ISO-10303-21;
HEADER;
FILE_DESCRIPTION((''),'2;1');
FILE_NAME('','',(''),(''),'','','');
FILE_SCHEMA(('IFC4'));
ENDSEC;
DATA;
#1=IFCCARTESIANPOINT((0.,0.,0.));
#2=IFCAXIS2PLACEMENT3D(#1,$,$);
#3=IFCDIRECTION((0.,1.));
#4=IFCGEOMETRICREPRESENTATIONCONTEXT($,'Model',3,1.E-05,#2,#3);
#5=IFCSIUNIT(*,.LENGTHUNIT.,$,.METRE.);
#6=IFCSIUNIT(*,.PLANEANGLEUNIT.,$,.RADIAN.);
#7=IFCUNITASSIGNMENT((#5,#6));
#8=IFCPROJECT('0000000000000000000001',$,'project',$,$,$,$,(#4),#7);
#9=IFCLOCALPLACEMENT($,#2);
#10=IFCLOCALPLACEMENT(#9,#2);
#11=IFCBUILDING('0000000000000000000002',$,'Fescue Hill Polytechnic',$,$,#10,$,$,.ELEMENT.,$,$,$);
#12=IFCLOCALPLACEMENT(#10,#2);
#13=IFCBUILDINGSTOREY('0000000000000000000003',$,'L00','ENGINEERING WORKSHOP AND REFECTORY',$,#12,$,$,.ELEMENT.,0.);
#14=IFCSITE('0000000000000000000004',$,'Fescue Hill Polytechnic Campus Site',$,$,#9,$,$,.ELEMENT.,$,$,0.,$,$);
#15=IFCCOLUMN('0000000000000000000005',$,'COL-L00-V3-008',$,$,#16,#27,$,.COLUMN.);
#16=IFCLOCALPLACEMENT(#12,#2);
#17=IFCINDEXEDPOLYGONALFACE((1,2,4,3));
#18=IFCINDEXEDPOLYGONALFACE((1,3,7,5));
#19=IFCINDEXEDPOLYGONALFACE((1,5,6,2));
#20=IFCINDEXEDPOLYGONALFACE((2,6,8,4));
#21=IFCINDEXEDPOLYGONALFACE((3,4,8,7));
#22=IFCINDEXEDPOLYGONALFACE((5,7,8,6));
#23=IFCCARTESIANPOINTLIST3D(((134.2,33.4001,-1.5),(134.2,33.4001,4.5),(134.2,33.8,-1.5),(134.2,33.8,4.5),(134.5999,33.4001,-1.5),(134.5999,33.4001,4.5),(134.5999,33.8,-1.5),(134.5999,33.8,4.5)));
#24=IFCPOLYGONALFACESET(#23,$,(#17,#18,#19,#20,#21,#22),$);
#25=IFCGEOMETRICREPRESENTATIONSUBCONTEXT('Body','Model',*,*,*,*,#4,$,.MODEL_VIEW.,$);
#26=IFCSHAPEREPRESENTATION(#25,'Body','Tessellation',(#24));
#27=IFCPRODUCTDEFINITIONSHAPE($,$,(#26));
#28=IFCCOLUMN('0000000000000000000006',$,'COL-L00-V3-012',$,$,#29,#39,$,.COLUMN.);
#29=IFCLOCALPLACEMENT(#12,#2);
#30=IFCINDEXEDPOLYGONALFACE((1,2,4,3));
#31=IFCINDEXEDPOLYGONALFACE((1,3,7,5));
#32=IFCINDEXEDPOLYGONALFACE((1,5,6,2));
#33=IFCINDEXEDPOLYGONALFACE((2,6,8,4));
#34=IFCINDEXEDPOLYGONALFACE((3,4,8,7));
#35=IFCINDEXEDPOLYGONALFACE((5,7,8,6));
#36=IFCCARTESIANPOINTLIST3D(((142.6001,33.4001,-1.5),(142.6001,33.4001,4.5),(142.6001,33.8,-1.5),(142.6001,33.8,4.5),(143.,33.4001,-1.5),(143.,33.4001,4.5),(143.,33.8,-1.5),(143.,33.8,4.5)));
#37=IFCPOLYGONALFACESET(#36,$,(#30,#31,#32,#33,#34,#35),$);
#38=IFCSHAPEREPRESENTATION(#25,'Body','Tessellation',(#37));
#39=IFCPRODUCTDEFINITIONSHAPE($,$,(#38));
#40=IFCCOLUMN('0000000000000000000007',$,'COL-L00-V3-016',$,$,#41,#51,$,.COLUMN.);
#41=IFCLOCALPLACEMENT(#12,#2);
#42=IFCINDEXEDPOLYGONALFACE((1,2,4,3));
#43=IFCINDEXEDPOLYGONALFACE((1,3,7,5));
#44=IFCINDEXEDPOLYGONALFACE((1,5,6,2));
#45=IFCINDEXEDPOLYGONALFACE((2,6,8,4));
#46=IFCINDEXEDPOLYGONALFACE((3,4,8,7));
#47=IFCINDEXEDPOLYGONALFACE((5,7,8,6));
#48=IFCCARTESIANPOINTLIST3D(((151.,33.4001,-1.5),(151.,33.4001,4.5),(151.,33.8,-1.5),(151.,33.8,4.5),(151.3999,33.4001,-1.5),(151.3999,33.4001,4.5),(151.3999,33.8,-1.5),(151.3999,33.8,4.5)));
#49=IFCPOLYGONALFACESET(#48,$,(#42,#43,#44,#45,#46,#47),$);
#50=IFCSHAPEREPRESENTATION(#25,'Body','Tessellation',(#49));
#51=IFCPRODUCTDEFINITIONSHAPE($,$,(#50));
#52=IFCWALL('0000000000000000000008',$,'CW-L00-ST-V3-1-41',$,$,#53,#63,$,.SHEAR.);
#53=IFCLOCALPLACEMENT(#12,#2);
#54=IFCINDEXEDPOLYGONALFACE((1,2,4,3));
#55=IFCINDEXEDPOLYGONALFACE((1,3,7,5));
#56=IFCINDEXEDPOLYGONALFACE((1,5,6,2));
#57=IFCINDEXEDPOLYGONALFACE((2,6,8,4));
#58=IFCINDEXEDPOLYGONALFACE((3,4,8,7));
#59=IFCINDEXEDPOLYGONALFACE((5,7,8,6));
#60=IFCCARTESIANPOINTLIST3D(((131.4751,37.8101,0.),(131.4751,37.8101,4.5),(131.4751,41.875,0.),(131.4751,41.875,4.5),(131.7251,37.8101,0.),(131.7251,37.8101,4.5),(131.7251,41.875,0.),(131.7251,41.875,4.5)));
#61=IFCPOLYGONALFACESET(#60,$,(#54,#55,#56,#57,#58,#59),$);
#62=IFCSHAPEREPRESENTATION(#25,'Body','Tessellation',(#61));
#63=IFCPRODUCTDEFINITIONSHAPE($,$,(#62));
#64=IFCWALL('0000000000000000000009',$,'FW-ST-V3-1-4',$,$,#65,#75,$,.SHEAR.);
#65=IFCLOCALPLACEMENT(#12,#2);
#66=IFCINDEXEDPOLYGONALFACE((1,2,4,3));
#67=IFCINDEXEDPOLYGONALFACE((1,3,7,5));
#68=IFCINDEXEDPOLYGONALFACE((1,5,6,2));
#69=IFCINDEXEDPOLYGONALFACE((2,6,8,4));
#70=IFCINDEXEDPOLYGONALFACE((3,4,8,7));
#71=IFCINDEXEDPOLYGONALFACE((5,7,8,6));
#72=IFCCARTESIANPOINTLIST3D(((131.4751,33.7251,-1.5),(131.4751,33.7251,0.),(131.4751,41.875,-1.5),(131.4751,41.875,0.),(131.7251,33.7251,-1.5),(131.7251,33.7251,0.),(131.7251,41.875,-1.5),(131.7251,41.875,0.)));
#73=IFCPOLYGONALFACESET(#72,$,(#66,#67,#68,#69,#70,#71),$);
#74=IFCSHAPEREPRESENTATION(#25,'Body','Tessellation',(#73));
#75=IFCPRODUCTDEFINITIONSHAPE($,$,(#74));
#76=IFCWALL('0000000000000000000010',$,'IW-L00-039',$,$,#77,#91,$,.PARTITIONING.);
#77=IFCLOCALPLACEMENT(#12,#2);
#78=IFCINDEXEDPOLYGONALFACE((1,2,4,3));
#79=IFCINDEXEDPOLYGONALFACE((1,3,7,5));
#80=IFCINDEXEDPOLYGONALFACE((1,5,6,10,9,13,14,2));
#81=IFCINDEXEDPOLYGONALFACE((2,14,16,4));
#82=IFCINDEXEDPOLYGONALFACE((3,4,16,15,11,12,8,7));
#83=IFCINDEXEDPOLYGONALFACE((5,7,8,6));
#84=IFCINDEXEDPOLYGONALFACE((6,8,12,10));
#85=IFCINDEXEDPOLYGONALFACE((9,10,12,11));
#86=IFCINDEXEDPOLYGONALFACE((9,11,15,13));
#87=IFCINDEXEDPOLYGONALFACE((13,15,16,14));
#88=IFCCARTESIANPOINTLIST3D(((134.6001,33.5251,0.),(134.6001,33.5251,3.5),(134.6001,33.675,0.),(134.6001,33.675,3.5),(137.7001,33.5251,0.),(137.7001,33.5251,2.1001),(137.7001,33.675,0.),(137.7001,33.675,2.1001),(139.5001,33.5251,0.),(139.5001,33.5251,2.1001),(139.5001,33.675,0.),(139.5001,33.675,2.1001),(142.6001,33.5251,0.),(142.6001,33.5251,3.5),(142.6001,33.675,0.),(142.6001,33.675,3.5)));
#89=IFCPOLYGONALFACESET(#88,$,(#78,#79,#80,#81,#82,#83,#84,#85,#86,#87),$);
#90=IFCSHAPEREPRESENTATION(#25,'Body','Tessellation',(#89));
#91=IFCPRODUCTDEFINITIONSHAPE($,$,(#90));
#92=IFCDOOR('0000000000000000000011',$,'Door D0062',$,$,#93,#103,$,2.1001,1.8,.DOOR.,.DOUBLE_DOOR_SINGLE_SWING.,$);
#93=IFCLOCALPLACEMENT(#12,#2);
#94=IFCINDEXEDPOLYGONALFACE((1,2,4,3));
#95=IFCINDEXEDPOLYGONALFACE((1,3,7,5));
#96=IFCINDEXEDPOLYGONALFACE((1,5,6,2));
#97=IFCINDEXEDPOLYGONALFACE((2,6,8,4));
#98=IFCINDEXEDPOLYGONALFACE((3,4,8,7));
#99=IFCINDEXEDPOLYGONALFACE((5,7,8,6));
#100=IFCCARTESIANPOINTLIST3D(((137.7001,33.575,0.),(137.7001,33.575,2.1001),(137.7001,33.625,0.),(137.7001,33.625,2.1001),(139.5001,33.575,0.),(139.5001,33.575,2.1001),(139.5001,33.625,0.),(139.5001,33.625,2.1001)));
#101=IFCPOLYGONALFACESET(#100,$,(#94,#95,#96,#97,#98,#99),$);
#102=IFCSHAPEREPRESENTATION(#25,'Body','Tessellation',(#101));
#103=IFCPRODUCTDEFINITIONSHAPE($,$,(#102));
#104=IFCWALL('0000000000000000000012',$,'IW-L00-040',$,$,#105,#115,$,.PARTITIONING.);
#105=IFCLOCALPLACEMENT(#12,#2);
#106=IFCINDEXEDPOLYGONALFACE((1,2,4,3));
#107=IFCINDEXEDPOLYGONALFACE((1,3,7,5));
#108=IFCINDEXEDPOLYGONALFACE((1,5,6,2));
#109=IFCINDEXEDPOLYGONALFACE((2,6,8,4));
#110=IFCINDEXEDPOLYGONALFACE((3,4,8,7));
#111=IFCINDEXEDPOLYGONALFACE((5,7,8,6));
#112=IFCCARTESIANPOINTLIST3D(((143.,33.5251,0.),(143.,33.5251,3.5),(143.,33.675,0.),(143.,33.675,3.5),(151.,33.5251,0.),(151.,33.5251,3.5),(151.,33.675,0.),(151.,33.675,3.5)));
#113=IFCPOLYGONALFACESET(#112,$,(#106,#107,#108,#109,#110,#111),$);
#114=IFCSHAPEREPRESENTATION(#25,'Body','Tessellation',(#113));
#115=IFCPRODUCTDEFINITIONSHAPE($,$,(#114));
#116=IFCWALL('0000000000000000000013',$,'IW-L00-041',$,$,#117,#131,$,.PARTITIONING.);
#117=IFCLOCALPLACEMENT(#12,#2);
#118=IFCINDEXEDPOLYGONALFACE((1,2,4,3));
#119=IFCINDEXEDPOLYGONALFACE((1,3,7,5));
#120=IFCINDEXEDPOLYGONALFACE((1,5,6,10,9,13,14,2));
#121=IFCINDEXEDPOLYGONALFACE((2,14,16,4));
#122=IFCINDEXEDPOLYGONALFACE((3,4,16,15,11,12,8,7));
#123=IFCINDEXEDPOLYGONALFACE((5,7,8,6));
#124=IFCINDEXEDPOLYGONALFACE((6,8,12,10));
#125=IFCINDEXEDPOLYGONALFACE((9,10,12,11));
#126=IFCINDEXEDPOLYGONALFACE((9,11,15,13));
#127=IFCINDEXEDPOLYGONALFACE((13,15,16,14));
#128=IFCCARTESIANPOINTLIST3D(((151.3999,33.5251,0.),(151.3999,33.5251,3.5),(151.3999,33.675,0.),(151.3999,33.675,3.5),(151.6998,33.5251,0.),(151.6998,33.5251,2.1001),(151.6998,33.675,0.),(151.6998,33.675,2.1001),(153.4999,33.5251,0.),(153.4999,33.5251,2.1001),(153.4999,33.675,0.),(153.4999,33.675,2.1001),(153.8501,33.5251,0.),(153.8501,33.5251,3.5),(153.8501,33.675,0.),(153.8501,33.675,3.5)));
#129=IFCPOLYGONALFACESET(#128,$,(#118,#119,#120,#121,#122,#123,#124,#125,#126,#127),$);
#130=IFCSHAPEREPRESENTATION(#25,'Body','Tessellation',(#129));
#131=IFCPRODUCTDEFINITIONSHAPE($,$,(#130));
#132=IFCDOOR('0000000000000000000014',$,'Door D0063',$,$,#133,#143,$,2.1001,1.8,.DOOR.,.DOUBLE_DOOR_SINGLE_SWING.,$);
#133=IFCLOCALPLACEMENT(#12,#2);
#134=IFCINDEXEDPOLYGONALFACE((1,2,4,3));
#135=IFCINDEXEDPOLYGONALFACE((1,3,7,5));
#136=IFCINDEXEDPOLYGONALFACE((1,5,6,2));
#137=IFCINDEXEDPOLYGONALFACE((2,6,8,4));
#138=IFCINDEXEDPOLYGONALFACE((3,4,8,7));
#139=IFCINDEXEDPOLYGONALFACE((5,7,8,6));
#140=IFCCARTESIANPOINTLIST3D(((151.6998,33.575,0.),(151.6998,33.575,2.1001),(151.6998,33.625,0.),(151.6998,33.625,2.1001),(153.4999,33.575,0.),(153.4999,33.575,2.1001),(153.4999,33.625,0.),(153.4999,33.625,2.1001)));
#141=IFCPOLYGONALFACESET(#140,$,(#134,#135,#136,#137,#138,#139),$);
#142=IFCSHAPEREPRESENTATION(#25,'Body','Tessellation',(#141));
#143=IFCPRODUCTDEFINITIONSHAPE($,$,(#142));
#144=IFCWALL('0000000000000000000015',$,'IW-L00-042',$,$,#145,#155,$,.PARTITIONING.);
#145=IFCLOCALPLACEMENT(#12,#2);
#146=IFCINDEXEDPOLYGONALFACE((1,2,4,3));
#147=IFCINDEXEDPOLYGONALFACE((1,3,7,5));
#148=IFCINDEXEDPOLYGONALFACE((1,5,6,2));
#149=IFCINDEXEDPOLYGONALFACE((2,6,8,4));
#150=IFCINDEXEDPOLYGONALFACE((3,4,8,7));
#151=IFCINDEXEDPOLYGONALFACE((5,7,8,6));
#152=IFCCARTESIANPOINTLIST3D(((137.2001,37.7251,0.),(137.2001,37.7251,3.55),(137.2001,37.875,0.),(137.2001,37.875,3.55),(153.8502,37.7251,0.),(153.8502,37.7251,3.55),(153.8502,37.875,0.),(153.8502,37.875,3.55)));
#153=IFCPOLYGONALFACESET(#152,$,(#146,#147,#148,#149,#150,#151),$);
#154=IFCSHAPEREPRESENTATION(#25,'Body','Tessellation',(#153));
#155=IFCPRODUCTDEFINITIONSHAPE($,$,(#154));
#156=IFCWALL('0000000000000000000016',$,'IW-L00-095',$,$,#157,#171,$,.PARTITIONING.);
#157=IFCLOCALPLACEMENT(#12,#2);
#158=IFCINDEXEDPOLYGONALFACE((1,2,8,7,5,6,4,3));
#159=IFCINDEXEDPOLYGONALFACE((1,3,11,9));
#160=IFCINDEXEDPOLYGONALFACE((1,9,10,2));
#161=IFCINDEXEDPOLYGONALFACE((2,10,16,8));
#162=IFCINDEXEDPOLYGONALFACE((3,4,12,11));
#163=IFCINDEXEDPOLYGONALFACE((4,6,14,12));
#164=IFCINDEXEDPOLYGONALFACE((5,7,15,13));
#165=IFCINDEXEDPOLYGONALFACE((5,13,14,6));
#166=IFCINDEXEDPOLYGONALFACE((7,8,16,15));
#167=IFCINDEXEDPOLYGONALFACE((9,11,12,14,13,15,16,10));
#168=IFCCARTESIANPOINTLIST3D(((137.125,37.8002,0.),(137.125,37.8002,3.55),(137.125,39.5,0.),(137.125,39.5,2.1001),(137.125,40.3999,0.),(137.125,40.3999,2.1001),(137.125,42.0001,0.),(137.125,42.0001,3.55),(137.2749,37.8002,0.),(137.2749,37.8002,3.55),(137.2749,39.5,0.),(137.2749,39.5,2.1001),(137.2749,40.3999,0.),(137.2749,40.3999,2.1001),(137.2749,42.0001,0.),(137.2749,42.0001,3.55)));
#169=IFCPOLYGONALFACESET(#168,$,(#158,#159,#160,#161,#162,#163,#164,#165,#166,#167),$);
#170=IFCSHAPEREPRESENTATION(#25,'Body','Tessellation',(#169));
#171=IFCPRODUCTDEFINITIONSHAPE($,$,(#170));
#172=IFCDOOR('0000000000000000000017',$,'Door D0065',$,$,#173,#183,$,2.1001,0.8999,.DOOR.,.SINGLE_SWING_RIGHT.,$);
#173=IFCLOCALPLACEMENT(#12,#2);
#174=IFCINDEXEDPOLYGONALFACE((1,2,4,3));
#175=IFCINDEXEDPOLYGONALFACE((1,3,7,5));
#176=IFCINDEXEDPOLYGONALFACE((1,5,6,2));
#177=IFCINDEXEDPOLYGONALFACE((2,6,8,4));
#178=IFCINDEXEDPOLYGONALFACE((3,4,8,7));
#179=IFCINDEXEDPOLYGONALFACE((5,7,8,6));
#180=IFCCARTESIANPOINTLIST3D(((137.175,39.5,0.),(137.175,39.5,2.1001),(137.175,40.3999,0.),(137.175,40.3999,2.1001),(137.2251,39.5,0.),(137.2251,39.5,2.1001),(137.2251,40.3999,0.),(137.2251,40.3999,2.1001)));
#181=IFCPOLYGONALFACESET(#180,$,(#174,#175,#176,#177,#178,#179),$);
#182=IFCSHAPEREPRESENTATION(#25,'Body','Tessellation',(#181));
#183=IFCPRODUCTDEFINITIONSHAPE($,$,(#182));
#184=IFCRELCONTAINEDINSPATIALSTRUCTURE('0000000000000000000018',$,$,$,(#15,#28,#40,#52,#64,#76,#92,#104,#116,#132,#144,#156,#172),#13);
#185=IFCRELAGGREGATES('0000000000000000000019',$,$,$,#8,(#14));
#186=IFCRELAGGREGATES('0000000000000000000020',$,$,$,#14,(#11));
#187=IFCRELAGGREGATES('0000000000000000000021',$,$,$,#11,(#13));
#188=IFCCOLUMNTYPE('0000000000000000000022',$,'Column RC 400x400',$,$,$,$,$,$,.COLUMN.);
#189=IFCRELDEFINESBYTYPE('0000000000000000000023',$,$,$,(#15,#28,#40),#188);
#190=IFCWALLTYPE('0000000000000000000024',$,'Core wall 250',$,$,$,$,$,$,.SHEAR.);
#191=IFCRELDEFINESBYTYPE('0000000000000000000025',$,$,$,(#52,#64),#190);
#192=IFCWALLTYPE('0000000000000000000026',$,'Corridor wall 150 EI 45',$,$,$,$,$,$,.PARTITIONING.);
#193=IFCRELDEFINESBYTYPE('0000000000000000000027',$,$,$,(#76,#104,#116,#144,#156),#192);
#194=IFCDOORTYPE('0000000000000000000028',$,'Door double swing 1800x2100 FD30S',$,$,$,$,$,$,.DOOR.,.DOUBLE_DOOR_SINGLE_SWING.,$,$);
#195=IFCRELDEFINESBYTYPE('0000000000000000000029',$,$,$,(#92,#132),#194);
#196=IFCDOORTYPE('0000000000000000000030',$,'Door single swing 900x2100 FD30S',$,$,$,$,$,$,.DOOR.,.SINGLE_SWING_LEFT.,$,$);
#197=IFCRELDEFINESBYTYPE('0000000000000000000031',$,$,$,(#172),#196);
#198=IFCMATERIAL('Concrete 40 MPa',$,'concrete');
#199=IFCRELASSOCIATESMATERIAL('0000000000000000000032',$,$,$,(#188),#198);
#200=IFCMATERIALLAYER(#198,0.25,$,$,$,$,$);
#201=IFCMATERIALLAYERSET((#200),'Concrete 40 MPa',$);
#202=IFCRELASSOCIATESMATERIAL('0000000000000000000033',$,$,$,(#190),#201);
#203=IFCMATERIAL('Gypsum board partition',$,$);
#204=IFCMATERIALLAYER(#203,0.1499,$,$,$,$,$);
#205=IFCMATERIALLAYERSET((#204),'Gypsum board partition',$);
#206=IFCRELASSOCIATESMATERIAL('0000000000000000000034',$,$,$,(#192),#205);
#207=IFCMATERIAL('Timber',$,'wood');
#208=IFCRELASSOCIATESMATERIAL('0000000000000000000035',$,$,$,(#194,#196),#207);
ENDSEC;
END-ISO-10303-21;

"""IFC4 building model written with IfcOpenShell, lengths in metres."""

from ifc_helpers import new_model, si_unit, direction, frame, frame_2d, origin, origin_2d, place, context, subcontext, project, spatial, rectangle, extrude, material, layer, layer_set, material_profile, profile_set, type_object, element, fill, save


model = new_model("IFC4")

# Units and contexts
model_context = context("Model", 3, precision=1e-05, world=origin(), true_north=direction((0.0, 1.0)))
body_context = subcontext(model_context, "Body", "Model", "MODEL_VIEW")
ifc_project = project(units=[si_unit("LENGTHUNIT", "METRE"), si_unit("PLANEANGLEUNIT", "RADIAN")], contexts=[model_context])

# Site, building, storey
site_placement = place(None, origin())
site = spatial("IfcSite", under=ifc_project, at=site_placement, Name="Fescue Hill Polytechnic Campus Site", CompositionType="ELEMENT", RefElevation=0.0)
building_placement = place(site_placement, origin())
building = spatial("IfcBuilding", under=site, at=building_placement, Name="Fescue Hill Polytechnic", CompositionType="ELEMENT")
storey_placement = place(building_placement, origin())
storey = spatial("IfcBuildingStorey", under=building, at=storey_placement, Name="L00", Description="ENGINEERING WORKSHOP AND REFECTORY", CompositionType="ELEMENT", Elevation=0.0)

# Columns
ifc_material_1 = material(Name="Concrete 40 MPa", Category="concrete")
ifc_material_profile = material_profile(ifc_material_1, rectangle(XDim=0.3999, YDim=0.3999, at=origin_2d()), Name="RC 400x400")
ifc_profile_set = profile_set([ifc_material_profile], Name="Concrete 40 MPa")
column_type = type_object("IfcColumnType", Name="Column RC 400x400", PredefinedType="COLUMN", material=ifc_profile_set)
for number, where, z_axis, x_axis, name in (
    (1, (134.3999, 33.6001, -1.5), (0.0, 0.0, 1.0), (1.0, 0.0, 0.0), "COL-L00-V3-008"),
    (2, (142.8, 33.6001, -1.5), (0.0, 0.0, 1.0), (1.0, 0.0, 0.0), "COL-L00-V3-012"),
    (3, (151.2, 33.6001, -1.5), (0.0, 0.0, 1.0), (1.0, 0.0, 0.0), "COL-L00-V3-016"),
):
    element("IfcColumn", number, at=place(storey_placement, frame(where, z_axis=z_axis, x_axis=x_axis)), inside=storey, type_object=column_type, Name=name, PredefinedType="COLUMN", context=body_context, shape_type="SweptSolid", body=[
        extrude(rectangle(XDim=0.3999, YDim=0.3999, at=origin_2d()), origin(), (0.0, 0.0, 1.0), 6.0),
    ])

# Walls
ifc_layer_1 = layer(ifc_material_1, 0.25)
ifc_layer_set_1 = layer_set([ifc_layer_1], Name="Concrete 40 MPa")
wall_type_1 = type_object("IfcWallType", Name="Core wall 250", PredefinedType="SHEAR", material=ifc_layer_set_1)
wall_1_placement = place(storey_placement, frame((131.6001, 37.8101, 0.0), z_axis=(0.0, 0.0, 1.0), x_axis=(0.0, 1.0, 0.0)))
element("IfcWall", 4, at=wall_1_placement, inside=storey, type_object=wall_type_1, Name="CW-L00-ST-V3-1-41", PredefinedType="SHEAR", context=body_context, shape_type="SweptSolid", body=[
    extrude(rectangle(XDim=4.0649, YDim=0.25, at=frame_2d((2.0325, 0.0))), origin(), (0.0, 0.0, 1.0), 4.5),
])
wall_2_placement = place(storey_placement, frame((131.6001, 33.7251, -1.5), z_axis=(0.0, 0.0, 1.0), x_axis=(0.0, 1.0, 0.0)))
element("IfcWall", 5, at=wall_2_placement, inside=storey, type_object=wall_type_1, Name="FW-ST-V3-1-4", PredefinedType="SHEAR", context=body_context, shape_type="SweptSolid", body=[
    extrude(rectangle(XDim=8.1499, YDim=0.25, at=frame_2d((4.075, 0.0))), origin(), (0.0, 0.0, 1.0), 1.5),
])

# Wall, opening, door
ifc_material_2 = material(Name="Gypsum board partition")
ifc_layer_2 = layer(ifc_material_2, 0.1499)
ifc_layer_set_2 = layer_set([ifc_layer_2], Name="Gypsum board partition")
wall_type_2 = type_object("IfcWallType", Name="Corridor wall 150 EI 45", PredefinedType="PARTITIONING", material=ifc_layer_set_2)
wall_3_placement = place(storey_placement, frame((134.6001, 33.6001, 0.0), z_axis=(0.0, 0.0, 1.0), x_axis=(1.0, 0.0, 0.0)))
wall_3 = element("IfcWall", 6, at=wall_3_placement, inside=storey, type_object=wall_type_2, Name="IW-L00-039", PredefinedType="PARTITIONING", context=body_context, shape_type="SweptSolid", body=[
    extrude(rectangle(XDim=8.0, YDim=0.1499, at=frame_2d((4.0, 0.0))), origin(), (0.0, 0.0, 1.0), 3.5),
])
opening_1_placement = place(wall_3_placement, frame((3.1001, 0.0, 0.0)))
opening_1 = element("IfcOpeningElement", 7, at=opening_1_placement, cuts=wall_3, PredefinedType="OPENING", context=body_context, shape_type="SweptSolid", body=[
    extrude(rectangle(XDim=1.8, YDim=2.1001, at=frame_2d((0.8999, 1.05))), frame((0.0, 0.085, 0.0), z_axis=(0.0, -1.0, 0.0), x_axis=(1.0, 0.0, 0.0)), (0.0, 0.0, 1.0), 0.1699),
])
ifc_material_3 = material(Name="Timber", Category="wood")
door_type_1 = type_object("IfcDoorType", Name="Door double swing 1800x2100 FD30S", OperationType="DOUBLE_DOOR_SINGLE_SWING", PredefinedType="DOOR", material=ifc_material_3)
door_1_placement = place(opening_1_placement, origin())
door_1 = element("IfcDoor", 8, at=door_1_placement, inside=storey, type_object=door_type_1, Name="Door D0062", OperationType="DOUBLE_DOOR_SINGLE_SWING", OverallHeight=2.1001, OverallWidth=1.8, PredefinedType="DOOR", context=body_context, shape_type="SweptSolid", body=[
    extrude(rectangle(XDim=1.8, YDim=2.1001, at=frame_2d((0.8999, 1.05))), frame((0.0, 0.0249, 0.0), z_axis=(0.0, -1.0, 0.0), x_axis=(1.0, 0.0, 0.0)), (0.0, 0.0, 1.0), 0.05),
])
fill(opening_1, door_1)

# Wall
wall_4_placement = place(storey_placement, frame((143.0, 33.6001, 0.0), z_axis=(0.0, 0.0, 1.0), x_axis=(1.0, 0.0, 0.0)))
element("IfcWall", 9, at=wall_4_placement, inside=storey, type_object=wall_type_2, Name="IW-L00-040", PredefinedType="PARTITIONING", context=body_context, shape_type="SweptSolid", body=[
    extrude(rectangle(XDim=8.0, YDim=0.1499, at=frame_2d((4.0, 0.0))), origin(), (0.0, 0.0, 1.0), 3.5),
])

# Wall, opening, door
wall_5_placement = place(storey_placement, frame((151.3999, 33.6001, 0.0), z_axis=(0.0, 0.0, 1.0), x_axis=(1.0, 0.0, 0.0)))
wall_5 = element("IfcWall", 10, at=wall_5_placement, inside=storey, type_object=wall_type_2, Name="IW-L00-041", PredefinedType="PARTITIONING", context=body_context, shape_type="SweptSolid", body=[
    extrude(rectangle(XDim=2.4502, YDim=0.1499, at=frame_2d((1.2251, 0.0))), origin(), (0.0, 0.0, 1.0), 3.5),
])
opening_2_placement = place(wall_5_placement, frame((0.3, 0.0, 0.0)))
opening_2 = element("IfcOpeningElement", 11, at=opening_2_placement, cuts=wall_5, PredefinedType="OPENING", context=body_context, shape_type="SweptSolid", body=[
    extrude(rectangle(XDim=1.8, YDim=2.1001, at=frame_2d((0.8999, 1.05))), frame((0.0, 0.085, 0.0), z_axis=(0.0, -1.0, 0.0), x_axis=(1.0, 0.0, 0.0)), (0.0, 0.0, 1.0), 0.1699),
])
door_2_placement = place(opening_2_placement, origin())
door_2 = element("IfcDoor", 12, at=door_2_placement, inside=storey, type_object=door_type_1, Name="Door D0063", OperationType="DOUBLE_DOOR_SINGLE_SWING", OverallHeight=2.1001, OverallWidth=1.8, PredefinedType="DOOR", context=body_context, shape_type="SweptSolid", body=[
    extrude(rectangle(XDim=1.8, YDim=2.1001, at=frame_2d((0.8999, 1.05))), frame((0.0, 0.0249, 0.0), z_axis=(0.0, -1.0, 0.0), x_axis=(1.0, 0.0, 0.0)), (0.0, 0.0, 1.0), 0.05),
])
fill(opening_2, door_2)

# Wall
wall_6_placement = place(storey_placement, frame((137.2, 37.8, 0.0), z_axis=(0.0, 0.0, 1.0), x_axis=(1.0, 0.0, 0.0)))
element("IfcWall", 13, at=wall_6_placement, inside=storey, type_object=wall_type_2, Name="IW-L00-042", PredefinedType="PARTITIONING", context=body_context, shape_type="SweptSolid", body=[
    extrude(rectangle(XDim=16.6501, YDim=0.1499, at=frame_2d((8.3252, 0.0))), origin(), (0.0, 0.0, 1.0), 3.55),
])

# Wall, opening, door
wall_7_placement = place(storey_placement, frame((137.2, 37.8, 0.0), z_axis=(0.0, 0.0, 1.0), x_axis=(0.0, 1.0, 0.0)))
wall_7 = element("IfcWall", 14, at=wall_7_placement, inside=storey, type_object=wall_type_2, Name="IW-L00-095", PredefinedType="PARTITIONING", context=body_context, shape_type="SweptSolid", body=[
    extrude(rectangle(XDim=4.2, YDim=0.1499, at=frame_2d((2.1001, 0.0))), origin(), (0.0, 0.0, 1.0), 3.55),
])
opening_3_placement = place(wall_7_placement, frame((1.7, 0.0, 0.0)))
opening_3 = element("IfcOpeningElement", 15, at=opening_3_placement, cuts=wall_7, PredefinedType="OPENING", context=body_context, shape_type="SweptSolid", body=[
    extrude(rectangle(XDim=0.8999, YDim=2.1001, at=frame_2d((0.45, 1.05))), frame((0.0, 0.085, 0.0), z_axis=(0.0, -1.0, 0.0), x_axis=(1.0, 0.0, 0.0)), (0.0, 0.0, 1.0), 0.1699),
])
door_type_2 = type_object("IfcDoorType", Name="Door single swing 900x2100 FD30S", OperationType="SINGLE_SWING_LEFT", PredefinedType="DOOR", material=ifc_material_3)
door_3_placement = place(opening_3_placement, origin())
door_3 = element("IfcDoor", 16, at=door_3_placement, inside=storey, type_object=door_type_2, Name="Door D0065", OperationType="SINGLE_SWING_RIGHT", OverallHeight=2.1001, OverallWidth=0.8999, PredefinedType="DOOR", context=body_context, shape_type="SweptSolid", body=[
    extrude(rectangle(XDim=0.8999, YDim=2.1001, at=frame_2d((0.45, 1.05))), frame((0.0, 0.0249, 0.0), z_axis=(0.0, -1.0, 0.0), x_axis=(1.0, 0.0, 0.0)), (0.0, 0.0, 1.0), 0.05),
])
fill(opening_3, door_3)

save(model, "model.ifc")
